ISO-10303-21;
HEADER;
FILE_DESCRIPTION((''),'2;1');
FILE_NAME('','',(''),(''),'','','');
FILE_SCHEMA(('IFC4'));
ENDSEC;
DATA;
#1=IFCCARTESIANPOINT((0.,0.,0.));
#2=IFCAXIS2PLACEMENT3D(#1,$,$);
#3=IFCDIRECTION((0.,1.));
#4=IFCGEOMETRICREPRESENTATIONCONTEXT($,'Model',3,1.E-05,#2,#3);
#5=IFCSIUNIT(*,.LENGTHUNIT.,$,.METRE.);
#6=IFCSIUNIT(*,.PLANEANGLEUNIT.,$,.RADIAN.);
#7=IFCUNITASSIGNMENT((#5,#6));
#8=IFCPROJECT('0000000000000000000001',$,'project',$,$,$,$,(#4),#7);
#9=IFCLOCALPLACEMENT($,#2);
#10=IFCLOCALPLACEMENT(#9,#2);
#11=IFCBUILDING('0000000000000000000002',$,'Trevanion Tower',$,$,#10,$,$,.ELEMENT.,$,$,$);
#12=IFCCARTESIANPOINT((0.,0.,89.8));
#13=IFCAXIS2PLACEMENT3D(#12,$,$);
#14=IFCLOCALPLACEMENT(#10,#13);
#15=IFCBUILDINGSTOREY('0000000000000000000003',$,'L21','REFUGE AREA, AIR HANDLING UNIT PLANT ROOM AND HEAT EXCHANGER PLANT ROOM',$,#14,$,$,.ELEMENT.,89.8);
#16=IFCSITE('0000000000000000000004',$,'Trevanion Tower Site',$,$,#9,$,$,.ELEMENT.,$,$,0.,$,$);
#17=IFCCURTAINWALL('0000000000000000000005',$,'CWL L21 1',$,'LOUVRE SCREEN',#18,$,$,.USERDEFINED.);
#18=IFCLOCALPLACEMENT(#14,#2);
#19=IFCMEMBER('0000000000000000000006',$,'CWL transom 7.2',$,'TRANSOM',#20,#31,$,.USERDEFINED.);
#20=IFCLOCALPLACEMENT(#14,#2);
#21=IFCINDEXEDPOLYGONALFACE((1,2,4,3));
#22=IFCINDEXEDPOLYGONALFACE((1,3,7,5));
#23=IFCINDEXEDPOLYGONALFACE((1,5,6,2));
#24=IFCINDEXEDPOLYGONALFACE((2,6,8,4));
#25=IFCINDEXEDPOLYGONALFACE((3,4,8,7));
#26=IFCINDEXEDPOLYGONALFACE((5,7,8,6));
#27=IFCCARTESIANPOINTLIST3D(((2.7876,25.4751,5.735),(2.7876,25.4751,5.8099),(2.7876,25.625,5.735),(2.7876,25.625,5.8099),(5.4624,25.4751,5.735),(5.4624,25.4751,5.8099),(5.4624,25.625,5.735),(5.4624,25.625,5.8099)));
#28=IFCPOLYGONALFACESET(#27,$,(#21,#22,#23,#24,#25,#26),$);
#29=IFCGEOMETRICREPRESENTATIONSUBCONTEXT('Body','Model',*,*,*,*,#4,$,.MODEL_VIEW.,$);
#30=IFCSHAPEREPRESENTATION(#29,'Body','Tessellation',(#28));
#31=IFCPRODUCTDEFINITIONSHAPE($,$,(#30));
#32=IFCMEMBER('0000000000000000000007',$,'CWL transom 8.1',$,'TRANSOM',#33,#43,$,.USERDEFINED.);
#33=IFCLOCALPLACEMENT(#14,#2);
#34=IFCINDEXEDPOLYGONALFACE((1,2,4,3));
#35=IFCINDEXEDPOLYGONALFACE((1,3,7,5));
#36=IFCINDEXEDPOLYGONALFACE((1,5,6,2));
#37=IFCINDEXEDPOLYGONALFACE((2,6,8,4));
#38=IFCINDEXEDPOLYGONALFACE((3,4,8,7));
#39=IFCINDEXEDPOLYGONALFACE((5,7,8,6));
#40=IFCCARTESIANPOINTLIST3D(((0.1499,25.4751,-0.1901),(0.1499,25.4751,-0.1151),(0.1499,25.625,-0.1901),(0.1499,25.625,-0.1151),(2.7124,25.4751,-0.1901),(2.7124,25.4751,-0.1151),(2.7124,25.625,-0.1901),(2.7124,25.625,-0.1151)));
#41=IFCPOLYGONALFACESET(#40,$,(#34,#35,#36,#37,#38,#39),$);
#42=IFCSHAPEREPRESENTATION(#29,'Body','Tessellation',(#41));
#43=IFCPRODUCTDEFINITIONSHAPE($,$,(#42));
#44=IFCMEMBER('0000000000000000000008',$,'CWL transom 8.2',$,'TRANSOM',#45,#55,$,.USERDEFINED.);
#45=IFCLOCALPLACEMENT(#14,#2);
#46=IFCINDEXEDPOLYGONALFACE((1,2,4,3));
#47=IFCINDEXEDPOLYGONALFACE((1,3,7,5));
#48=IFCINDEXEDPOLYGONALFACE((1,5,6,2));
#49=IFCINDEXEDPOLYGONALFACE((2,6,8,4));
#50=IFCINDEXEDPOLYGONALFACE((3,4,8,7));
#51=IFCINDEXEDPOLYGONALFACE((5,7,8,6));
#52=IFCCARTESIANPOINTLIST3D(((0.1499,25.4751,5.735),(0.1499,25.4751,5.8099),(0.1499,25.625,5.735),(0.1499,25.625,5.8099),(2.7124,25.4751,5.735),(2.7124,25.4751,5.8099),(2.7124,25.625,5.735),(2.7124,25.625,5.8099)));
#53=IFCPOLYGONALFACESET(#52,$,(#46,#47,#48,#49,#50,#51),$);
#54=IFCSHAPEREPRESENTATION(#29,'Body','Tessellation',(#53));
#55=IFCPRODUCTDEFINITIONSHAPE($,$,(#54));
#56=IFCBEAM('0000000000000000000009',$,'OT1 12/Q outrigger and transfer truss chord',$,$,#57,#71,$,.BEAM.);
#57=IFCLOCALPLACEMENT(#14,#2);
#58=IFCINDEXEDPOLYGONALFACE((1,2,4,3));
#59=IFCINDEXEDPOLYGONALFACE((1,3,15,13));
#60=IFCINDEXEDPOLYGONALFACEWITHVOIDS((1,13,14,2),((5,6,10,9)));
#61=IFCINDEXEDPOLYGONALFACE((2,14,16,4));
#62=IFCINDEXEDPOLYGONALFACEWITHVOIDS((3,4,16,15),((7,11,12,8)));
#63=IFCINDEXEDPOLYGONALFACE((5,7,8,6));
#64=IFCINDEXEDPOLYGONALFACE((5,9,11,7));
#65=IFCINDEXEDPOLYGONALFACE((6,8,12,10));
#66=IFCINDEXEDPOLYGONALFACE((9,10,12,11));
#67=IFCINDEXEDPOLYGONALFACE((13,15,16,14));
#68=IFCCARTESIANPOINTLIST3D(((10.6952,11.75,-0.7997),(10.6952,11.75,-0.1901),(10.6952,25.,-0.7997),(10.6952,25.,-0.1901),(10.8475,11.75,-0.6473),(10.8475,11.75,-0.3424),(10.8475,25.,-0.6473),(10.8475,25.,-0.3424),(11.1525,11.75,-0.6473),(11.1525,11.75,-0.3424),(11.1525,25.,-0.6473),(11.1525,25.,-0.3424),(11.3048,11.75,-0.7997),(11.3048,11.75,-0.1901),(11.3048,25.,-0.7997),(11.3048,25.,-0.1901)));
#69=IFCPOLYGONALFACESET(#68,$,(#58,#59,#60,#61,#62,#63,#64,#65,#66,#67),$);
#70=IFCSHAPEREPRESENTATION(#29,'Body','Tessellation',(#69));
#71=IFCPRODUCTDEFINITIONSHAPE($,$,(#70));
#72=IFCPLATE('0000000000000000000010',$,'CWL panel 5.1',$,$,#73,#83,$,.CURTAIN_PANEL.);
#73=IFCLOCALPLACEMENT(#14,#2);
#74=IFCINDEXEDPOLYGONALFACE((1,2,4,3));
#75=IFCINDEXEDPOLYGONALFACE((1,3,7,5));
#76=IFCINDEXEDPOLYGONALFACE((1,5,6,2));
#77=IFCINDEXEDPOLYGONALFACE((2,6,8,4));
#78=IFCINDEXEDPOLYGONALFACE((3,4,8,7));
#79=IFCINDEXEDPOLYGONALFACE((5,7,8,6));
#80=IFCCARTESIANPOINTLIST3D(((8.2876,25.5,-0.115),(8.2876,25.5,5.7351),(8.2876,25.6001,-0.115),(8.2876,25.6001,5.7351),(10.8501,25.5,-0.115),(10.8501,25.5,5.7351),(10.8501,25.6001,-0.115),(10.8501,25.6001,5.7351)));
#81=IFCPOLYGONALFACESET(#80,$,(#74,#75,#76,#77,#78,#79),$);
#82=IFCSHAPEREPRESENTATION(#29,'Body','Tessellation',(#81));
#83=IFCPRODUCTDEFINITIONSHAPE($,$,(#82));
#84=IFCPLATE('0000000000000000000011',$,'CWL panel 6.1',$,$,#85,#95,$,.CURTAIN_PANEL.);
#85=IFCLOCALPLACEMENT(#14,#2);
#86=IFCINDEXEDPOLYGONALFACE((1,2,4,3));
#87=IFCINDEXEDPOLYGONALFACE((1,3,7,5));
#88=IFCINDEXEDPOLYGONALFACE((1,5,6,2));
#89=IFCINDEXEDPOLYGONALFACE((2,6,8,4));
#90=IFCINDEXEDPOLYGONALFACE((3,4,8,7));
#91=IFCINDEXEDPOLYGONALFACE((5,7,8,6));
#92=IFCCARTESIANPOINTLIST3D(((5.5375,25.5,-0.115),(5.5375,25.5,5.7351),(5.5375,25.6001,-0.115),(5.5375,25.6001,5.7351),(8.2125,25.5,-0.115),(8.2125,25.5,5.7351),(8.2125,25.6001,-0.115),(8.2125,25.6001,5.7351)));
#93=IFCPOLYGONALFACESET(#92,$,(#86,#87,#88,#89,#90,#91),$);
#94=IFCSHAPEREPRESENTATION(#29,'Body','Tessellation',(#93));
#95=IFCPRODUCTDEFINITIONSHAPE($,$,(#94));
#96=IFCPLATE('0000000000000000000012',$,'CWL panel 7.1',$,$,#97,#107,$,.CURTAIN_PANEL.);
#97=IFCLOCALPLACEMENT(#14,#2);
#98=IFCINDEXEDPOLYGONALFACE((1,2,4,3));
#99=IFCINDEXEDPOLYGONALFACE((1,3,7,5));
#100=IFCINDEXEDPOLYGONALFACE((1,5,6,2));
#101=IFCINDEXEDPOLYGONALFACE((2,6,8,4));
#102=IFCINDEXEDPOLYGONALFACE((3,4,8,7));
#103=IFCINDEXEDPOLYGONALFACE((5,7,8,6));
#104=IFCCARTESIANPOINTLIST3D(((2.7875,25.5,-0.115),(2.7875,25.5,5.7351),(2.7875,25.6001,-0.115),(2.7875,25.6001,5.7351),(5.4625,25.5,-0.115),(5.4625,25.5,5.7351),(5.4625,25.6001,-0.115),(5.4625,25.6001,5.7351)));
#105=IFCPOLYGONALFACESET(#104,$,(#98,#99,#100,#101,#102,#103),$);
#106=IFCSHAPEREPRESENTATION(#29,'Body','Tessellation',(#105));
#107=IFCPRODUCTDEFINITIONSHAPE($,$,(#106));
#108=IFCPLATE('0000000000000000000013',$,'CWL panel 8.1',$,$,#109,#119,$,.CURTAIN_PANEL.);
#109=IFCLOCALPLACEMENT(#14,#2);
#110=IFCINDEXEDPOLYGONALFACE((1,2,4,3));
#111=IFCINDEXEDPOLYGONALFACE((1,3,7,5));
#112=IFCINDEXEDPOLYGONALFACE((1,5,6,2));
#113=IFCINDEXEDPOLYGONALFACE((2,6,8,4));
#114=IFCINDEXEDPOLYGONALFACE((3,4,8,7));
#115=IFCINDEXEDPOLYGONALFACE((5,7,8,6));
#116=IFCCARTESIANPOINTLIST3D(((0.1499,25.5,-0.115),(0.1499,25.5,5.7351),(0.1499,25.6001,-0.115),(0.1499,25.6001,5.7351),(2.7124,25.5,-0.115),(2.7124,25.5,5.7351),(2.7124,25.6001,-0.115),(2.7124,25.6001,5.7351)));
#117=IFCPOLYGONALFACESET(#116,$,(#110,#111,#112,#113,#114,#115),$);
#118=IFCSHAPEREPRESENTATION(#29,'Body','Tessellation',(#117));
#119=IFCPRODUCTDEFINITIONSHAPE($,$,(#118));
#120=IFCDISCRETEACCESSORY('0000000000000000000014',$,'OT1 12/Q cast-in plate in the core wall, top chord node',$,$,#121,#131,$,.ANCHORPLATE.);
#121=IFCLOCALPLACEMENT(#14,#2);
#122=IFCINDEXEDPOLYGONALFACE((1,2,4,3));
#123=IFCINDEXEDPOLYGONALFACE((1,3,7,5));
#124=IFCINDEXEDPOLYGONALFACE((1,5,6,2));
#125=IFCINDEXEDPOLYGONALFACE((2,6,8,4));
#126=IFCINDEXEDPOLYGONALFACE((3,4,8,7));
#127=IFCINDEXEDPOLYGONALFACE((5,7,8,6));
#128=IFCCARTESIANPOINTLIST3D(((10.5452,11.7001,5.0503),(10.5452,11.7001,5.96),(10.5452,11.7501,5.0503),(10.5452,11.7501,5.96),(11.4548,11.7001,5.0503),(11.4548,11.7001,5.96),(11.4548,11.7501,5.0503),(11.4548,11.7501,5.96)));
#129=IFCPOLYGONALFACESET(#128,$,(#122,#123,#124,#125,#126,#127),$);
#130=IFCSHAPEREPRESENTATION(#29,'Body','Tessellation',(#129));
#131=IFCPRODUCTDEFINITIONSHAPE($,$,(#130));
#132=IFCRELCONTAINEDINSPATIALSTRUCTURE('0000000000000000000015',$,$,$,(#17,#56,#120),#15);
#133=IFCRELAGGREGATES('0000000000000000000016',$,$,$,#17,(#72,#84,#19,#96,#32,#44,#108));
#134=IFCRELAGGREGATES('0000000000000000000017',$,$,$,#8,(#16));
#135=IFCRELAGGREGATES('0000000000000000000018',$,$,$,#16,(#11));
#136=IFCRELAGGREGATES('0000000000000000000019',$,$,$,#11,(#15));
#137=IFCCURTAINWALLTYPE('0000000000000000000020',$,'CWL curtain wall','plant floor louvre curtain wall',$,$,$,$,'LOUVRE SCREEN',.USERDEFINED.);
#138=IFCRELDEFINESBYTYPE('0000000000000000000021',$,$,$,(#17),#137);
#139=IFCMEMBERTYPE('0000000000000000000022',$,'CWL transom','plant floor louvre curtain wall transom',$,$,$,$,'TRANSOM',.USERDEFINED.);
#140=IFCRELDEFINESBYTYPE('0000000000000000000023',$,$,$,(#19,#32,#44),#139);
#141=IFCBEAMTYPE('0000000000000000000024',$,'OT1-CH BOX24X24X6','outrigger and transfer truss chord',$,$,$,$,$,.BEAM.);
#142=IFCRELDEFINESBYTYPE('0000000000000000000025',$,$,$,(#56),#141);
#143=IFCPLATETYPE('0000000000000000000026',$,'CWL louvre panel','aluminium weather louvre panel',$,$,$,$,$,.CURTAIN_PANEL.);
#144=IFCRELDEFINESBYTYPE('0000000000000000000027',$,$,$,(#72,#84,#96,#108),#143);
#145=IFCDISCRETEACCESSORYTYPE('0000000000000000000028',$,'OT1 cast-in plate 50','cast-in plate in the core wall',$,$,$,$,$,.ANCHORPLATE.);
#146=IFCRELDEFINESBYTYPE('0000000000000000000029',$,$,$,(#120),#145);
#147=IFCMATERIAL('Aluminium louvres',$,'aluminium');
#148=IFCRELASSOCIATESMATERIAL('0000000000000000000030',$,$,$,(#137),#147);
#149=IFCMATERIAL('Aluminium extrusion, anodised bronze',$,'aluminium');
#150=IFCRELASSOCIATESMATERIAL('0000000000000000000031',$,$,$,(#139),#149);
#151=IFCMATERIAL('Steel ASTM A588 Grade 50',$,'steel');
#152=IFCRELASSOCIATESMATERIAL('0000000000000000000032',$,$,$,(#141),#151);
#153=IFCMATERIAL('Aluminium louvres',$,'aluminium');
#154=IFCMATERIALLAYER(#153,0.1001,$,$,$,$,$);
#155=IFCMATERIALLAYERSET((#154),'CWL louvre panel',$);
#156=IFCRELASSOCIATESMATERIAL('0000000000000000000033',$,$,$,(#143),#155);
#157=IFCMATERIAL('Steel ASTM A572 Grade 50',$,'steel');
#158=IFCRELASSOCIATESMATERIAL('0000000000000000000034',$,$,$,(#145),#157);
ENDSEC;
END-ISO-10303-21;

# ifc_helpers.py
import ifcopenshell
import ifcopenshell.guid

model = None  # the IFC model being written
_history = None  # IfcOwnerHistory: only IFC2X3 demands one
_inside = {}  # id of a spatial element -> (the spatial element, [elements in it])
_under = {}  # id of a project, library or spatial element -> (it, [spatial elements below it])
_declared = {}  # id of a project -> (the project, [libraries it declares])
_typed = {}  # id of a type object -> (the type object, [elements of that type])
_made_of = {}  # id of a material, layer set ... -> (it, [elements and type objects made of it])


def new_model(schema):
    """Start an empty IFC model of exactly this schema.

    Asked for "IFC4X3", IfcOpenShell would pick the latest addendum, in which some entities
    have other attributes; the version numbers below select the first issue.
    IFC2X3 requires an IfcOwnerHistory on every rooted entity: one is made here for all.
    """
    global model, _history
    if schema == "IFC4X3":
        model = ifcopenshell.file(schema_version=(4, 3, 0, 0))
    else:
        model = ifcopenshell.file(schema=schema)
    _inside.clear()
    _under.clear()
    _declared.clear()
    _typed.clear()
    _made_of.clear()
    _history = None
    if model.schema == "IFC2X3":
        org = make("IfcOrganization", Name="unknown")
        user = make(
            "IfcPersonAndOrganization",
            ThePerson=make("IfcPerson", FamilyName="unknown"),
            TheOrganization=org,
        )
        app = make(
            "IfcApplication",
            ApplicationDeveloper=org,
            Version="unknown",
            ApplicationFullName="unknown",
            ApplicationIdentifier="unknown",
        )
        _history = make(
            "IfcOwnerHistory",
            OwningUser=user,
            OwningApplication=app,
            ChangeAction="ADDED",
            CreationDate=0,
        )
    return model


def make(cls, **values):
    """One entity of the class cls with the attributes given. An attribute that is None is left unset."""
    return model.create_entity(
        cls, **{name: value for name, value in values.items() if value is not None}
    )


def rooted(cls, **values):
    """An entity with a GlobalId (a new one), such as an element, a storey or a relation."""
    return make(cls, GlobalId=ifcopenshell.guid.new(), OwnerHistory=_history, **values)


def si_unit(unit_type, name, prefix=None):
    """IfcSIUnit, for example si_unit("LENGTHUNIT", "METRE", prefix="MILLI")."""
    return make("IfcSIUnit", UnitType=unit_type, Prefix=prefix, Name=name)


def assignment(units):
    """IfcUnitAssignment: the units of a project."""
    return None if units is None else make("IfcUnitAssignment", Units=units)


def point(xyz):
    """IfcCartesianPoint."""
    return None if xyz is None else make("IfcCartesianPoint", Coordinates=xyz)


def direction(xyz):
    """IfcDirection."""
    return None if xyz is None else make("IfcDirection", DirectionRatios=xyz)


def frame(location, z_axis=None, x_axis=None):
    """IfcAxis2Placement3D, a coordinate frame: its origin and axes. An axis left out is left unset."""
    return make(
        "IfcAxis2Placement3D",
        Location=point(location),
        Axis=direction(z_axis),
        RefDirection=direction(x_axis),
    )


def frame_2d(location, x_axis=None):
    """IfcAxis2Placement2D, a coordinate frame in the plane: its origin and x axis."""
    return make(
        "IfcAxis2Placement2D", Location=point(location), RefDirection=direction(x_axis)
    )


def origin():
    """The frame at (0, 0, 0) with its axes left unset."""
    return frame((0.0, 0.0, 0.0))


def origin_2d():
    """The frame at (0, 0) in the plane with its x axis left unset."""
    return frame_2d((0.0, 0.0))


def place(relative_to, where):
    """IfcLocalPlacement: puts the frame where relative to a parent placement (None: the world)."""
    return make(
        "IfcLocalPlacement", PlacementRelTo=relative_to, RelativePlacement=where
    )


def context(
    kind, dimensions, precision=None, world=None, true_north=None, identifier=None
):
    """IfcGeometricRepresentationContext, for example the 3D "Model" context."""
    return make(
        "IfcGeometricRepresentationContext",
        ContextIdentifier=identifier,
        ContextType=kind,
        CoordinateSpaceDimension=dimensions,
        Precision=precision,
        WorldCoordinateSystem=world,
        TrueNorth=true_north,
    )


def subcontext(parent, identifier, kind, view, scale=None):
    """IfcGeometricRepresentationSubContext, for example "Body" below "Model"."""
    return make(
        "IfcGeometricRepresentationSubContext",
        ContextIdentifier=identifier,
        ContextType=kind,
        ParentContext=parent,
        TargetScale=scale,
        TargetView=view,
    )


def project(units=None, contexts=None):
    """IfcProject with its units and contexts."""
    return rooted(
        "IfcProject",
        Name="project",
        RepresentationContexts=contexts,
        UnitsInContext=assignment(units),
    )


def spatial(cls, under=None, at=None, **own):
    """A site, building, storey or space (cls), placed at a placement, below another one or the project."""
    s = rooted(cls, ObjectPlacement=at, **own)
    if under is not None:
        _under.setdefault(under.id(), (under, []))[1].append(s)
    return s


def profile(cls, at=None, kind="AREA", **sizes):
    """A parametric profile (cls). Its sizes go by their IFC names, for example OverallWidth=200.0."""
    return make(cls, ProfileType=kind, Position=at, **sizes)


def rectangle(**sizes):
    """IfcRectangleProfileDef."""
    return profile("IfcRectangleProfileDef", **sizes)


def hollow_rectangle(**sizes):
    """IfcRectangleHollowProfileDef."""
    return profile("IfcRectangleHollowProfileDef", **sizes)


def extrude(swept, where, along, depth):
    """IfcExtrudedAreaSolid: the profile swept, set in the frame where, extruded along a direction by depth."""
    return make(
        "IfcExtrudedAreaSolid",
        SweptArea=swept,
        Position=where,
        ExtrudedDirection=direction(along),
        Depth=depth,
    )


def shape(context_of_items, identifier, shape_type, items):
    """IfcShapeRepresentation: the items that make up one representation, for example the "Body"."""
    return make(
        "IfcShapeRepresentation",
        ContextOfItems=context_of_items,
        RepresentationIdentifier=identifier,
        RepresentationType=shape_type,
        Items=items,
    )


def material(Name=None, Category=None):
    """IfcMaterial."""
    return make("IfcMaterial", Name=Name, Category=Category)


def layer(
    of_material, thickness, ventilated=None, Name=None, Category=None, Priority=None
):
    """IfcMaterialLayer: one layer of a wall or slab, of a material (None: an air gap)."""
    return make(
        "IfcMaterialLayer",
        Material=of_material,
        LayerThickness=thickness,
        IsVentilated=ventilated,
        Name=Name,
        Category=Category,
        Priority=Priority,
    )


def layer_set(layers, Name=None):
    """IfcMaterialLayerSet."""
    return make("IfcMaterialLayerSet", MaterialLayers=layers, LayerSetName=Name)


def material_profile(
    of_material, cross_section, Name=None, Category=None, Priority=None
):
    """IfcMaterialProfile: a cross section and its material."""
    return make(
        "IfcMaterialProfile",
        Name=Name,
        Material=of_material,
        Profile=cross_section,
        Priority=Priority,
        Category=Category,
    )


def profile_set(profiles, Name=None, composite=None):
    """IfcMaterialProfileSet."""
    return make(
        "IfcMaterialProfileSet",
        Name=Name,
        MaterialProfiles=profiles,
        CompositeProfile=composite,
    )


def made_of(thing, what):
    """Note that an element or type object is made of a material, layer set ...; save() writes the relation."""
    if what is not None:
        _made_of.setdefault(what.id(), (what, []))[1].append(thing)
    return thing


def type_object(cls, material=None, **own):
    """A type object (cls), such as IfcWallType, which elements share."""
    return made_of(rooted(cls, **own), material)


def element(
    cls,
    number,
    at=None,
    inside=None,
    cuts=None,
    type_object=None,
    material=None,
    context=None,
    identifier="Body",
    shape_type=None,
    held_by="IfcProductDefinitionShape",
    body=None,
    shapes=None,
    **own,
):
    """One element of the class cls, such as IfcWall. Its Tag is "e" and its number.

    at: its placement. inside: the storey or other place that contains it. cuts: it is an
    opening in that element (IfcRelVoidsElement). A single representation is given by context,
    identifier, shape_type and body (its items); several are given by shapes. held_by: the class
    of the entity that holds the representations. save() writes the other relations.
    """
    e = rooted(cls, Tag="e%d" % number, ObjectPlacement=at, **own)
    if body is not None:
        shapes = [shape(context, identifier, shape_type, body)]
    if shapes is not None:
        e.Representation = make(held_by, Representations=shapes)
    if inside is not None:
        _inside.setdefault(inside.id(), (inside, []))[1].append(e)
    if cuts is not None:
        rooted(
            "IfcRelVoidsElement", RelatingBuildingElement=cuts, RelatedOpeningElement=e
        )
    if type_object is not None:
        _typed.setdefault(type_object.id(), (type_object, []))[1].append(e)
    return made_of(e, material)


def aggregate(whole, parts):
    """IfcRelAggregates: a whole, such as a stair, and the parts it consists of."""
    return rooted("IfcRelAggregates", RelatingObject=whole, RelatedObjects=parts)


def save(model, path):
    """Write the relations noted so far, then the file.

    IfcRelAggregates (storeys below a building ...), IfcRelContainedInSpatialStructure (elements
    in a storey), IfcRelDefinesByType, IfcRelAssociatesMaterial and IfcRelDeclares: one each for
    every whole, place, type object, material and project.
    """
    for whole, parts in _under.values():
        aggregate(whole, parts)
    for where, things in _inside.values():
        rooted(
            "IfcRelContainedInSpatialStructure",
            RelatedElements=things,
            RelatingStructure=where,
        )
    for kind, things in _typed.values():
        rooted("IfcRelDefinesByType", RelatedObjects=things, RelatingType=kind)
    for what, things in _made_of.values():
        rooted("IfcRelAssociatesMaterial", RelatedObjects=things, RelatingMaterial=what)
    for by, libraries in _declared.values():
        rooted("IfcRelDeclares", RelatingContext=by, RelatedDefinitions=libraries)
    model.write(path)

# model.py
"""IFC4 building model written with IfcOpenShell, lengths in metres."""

from ifc_helpers import new_model, si_unit, direction, frame, origin, origin_2d, place, context, subcontext, project, spatial, rectangle, hollow_rectangle, extrude, material, layer, layer_set, material_profile, profile_set, type_object, element, aggregate, save


model = new_model("IFC4")

# Units and contexts
model_context = context("Model", 3, precision=1e-05, world=origin(), true_north=direction((0.0, 1.0)))
body_context = subcontext(model_context, "Body", "Model", "MODEL_VIEW")
ifc_project = project(units=[si_unit("LENGTHUNIT", "METRE"), si_unit("PLANEANGLEUNIT", "RADIAN")], contexts=[model_context])

# Site, building, storey
site_placement = place(None, origin())
site = spatial("IfcSite", under=ifc_project, at=site_placement, Name="Trevanion Tower Site", CompositionType="ELEMENT", RefElevation=0.0)
building_placement = place(site_placement, origin())
building = spatial("IfcBuilding", under=site, at=building_placement, Name="Trevanion Tower", CompositionType="ELEMENT")
storey_placement = place(building_placement, frame((0.0, 0.0, 89.8)))
storey = spatial("IfcBuildingStorey", under=building, at=storey_placement, Name="L21", Description="REFUGE AREA, AIR HANDLING UNIT PLANT ROOM AND HEAT EXCHANGER PLANT ROOM", CompositionType="ELEMENT", Elevation=89.8)

# Curtain wall, members
ifc_material_1 = material(Name="Aluminium louvres", Category="aluminium")
curtain_wall_type = type_object("IfcCurtainWallType", Name="CWL curtain wall", Description="plant floor louvre curtain wall", ElementType="LOUVRE SCREEN", PredefinedType="USERDEFINED", material=ifc_material_1)
curtain_wall_placement = place(storey_placement, origin())
curtain_wall = element("IfcCurtainWall", 1, at=curtain_wall_placement, inside=storey, type_object=curtain_wall_type, Name="CWL L21 1", ObjectType="LOUVRE SCREEN", PredefinedType="USERDEFINED")
ifc_material_2 = material(Name="Aluminium extrusion, anodised bronze", Category="aluminium")
ifc_material_profile_1 = material_profile(ifc_material_2, rectangle(XDim=0.1499, YDim=0.075, at=origin_2d()), Name="CWL transom")
ifc_profile_set_1 = profile_set([ifc_material_profile_1], Name="Aluminium extrusion, anodised bronze")
member_type_1 = type_object("IfcMemberType", Name="CWL transom", Description="plant floor louvre curtain wall transom", ElementType="TRANSOM", PredefinedType="USERDEFINED", material=ifc_profile_set_1)
member_1_placement = place(storey_placement, frame((5.4624, 25.55, 5.7725), z_axis=(-1.0, 0.0, 0.0), x_axis=(0.0, -1.0, 0.0)))
member_1 = element("IfcMember", 2, at=member_1_placement, type_object=member_type_1, Name="CWL transom 7.2", ObjectType="TRANSOM", PredefinedType="USERDEFINED", context=body_context, shape_type="SweptSolid", body=[
    extrude(rectangle(XDim=0.1499, YDim=0.075, at=origin_2d()), origin(), (0.0, 0.0, 1.0), 2.6748),
])
member_2_placement = place(storey_placement, frame((2.7124, 25.55, -0.1526), z_axis=(-1.0, 0.0, 0.0), x_axis=(0.0, -1.0, 0.0)))
member_2 = element("IfcMember", 3, at=member_2_placement, type_object=member_type_1, Name="CWL transom 8.1", ObjectType="TRANSOM", PredefinedType="USERDEFINED", context=body_context, shape_type="SweptSolid", body=[
    extrude(rectangle(XDim=0.1499, YDim=0.075, at=origin_2d()), origin(), (0.0, 0.0, 1.0), 2.5625),
])
member_3_placement = place(storey_placement, frame((2.7124, 25.55, 5.7725), z_axis=(-1.0, 0.0, 0.0), x_axis=(0.0, -1.0, 0.0)))
member_3 = element("IfcMember", 4, at=member_3_placement, type_object=member_type_1, Name="CWL transom 8.2", ObjectType="TRANSOM", PredefinedType="USERDEFINED", context=body_context, shape_type="SweptSolid", body=[
    extrude(rectangle(XDim=0.1499, YDim=0.075, at=origin_2d()), origin(), (0.0, 0.0, 1.0), 2.5625),
])

# Beam
ifc_material_3 = material(Name="Steel ASTM A588 Grade 50", Category="steel")
ifc_material_profile_2 = material_profile(ifc_material_3, hollow_rectangle(XDim=0.6096, YDim=0.6096, WallThickness=0.1523, at=origin_2d()), Name="BOX24X24X6")
ifc_profile_set_2 = profile_set([ifc_material_profile_2], Name="Steel ASTM A588 Grade 50")
beam_type_1 = type_object("IfcBeamType", Name="OT1-CH BOX24X24X6", Description="outrigger and transfer truss chord", PredefinedType="BEAM", material=ifc_profile_set_2)
beam_1_placement = place(storey_placement, frame((11.0, 11.75, -0.4949), z_axis=(0.0, 1.0, 0.0), x_axis=(-1.0, 0.0, 0.0)))
element("IfcBeam", 5, at=beam_1_placement, inside=storey, type_object=beam_type_1, Name="OT1 12/Q outrigger and transfer truss chord", PredefinedType="BEAM", context=body_context, shape_type="SweptSolid", body=[
    extrude(hollow_rectangle(XDim=0.6096, YDim=0.6096, WallThickness=0.1523, at=origin_2d()), origin(), (0.0, 0.0, 1.0), 13.25),
])

# Plates
ifc_material_4 = material(Name="Aluminium louvres", Category="aluminium")
ifc_layer = layer(ifc_material_4, 0.1001)
ifc_layer_set = layer_set([ifc_layer], Name="CWL louvre panel")
plate_type = type_object("IfcPlateType", Name="CWL louvre panel", Description="aluminium weather louvre panel", PredefinedType="CURTAIN_PANEL", material=ifc_layer_set)
plate_1_placement = place(storey_placement, frame((9.5688, 25.55, -0.115), z_axis=(0.0, 0.0, 1.0), x_axis=(-1.0, 0.0, 0.0)))
plate_1 = element("IfcPlate", 6, at=plate_1_placement, type_object=plate_type, Name="CWL panel 5.1", PredefinedType="CURTAIN_PANEL", context=body_context, shape_type="SweptSolid", body=[
    extrude(rectangle(XDim=2.5625, YDim=0.1001, at=origin_2d()), origin(), (0.0, 0.0, 1.0), 5.8501),
])
plate_2_placement = place(storey_placement, frame((6.875, 25.55, -0.115), z_axis=(0.0, 0.0, 1.0), x_axis=(-1.0, 0.0, 0.0)))
plate_2 = element("IfcPlate", 7, at=plate_2_placement, type_object=plate_type, Name="CWL panel 6.1", PredefinedType="CURTAIN_PANEL", context=body_context, shape_type="SweptSolid", body=[
    extrude(rectangle(XDim=2.675, YDim=0.1001, at=origin_2d()), origin(), (0.0, 0.0, 1.0), 5.8501),
])
plate_3_placement = place(storey_placement, frame((4.125, 25.55, -0.115), z_axis=(0.0, 0.0, 1.0), x_axis=(-1.0, 0.0, 0.0)))
plate_3 = element("IfcPlate", 8, at=plate_3_placement, type_object=plate_type, Name="CWL panel 7.1", PredefinedType="CURTAIN_PANEL", context=body_context, shape_type="SweptSolid", body=[
    extrude(rectangle(XDim=2.675, YDim=0.1001, at=origin_2d()), origin(), (0.0, 0.0, 1.0), 5.8501),
])
plate_4_placement = place(storey_placement, frame((1.4312, 25.55, -0.115), z_axis=(0.0, 0.0, 1.0), x_axis=(-1.0, 0.0, 0.0)))
plate_4 = element("IfcPlate", 9, at=plate_4_placement, type_object=plate_type, Name="CWL panel 8.1", PredefinedType="CURTAIN_PANEL", context=body_context, shape_type="SweptSolid", body=[
    extrude(rectangle(XDim=2.5625, YDim=0.1001, at=origin_2d()), origin(), (0.0, 0.0, 1.0), 5.8501),
])
aggregate(curtain_wall, [plate_1, plate_2, member_1, plate_3, member_2, member_3, plate_4])

# Discrete accessory
ifc_material_5 = material(Name="Steel ASTM A572 Grade 50", Category="steel")
discrete_accessory_type = type_object("IfcDiscreteAccessoryType", Name="OT1 cast-in plate 50", Description="cast-in plate in the core wall", PredefinedType="ANCHORPLATE", material=ifc_material_5)
discrete_accessory_placement = place(storey_placement, frame((11.0, 11.7251, 5.0503), z_axis=(0.0, 0.0, 1.0), x_axis=(0.0, 1.0, 0.0)))
element("IfcDiscreteAccessory", 10, at=discrete_accessory_placement, inside=storey, type_object=discrete_accessory_type, Name="OT1 12/Q cast-in plate in the core wall, top chord node", PredefinedType="ANCHORPLATE", context=body_context, shape_type="SweptSolid", body=[
    extrude(rectangle(XDim=0.05, YDim=0.9097, at=origin_2d()), origin(), (0.0, 0.0, 1.0), 0.9097),
])

save(model, "model.ifc")
